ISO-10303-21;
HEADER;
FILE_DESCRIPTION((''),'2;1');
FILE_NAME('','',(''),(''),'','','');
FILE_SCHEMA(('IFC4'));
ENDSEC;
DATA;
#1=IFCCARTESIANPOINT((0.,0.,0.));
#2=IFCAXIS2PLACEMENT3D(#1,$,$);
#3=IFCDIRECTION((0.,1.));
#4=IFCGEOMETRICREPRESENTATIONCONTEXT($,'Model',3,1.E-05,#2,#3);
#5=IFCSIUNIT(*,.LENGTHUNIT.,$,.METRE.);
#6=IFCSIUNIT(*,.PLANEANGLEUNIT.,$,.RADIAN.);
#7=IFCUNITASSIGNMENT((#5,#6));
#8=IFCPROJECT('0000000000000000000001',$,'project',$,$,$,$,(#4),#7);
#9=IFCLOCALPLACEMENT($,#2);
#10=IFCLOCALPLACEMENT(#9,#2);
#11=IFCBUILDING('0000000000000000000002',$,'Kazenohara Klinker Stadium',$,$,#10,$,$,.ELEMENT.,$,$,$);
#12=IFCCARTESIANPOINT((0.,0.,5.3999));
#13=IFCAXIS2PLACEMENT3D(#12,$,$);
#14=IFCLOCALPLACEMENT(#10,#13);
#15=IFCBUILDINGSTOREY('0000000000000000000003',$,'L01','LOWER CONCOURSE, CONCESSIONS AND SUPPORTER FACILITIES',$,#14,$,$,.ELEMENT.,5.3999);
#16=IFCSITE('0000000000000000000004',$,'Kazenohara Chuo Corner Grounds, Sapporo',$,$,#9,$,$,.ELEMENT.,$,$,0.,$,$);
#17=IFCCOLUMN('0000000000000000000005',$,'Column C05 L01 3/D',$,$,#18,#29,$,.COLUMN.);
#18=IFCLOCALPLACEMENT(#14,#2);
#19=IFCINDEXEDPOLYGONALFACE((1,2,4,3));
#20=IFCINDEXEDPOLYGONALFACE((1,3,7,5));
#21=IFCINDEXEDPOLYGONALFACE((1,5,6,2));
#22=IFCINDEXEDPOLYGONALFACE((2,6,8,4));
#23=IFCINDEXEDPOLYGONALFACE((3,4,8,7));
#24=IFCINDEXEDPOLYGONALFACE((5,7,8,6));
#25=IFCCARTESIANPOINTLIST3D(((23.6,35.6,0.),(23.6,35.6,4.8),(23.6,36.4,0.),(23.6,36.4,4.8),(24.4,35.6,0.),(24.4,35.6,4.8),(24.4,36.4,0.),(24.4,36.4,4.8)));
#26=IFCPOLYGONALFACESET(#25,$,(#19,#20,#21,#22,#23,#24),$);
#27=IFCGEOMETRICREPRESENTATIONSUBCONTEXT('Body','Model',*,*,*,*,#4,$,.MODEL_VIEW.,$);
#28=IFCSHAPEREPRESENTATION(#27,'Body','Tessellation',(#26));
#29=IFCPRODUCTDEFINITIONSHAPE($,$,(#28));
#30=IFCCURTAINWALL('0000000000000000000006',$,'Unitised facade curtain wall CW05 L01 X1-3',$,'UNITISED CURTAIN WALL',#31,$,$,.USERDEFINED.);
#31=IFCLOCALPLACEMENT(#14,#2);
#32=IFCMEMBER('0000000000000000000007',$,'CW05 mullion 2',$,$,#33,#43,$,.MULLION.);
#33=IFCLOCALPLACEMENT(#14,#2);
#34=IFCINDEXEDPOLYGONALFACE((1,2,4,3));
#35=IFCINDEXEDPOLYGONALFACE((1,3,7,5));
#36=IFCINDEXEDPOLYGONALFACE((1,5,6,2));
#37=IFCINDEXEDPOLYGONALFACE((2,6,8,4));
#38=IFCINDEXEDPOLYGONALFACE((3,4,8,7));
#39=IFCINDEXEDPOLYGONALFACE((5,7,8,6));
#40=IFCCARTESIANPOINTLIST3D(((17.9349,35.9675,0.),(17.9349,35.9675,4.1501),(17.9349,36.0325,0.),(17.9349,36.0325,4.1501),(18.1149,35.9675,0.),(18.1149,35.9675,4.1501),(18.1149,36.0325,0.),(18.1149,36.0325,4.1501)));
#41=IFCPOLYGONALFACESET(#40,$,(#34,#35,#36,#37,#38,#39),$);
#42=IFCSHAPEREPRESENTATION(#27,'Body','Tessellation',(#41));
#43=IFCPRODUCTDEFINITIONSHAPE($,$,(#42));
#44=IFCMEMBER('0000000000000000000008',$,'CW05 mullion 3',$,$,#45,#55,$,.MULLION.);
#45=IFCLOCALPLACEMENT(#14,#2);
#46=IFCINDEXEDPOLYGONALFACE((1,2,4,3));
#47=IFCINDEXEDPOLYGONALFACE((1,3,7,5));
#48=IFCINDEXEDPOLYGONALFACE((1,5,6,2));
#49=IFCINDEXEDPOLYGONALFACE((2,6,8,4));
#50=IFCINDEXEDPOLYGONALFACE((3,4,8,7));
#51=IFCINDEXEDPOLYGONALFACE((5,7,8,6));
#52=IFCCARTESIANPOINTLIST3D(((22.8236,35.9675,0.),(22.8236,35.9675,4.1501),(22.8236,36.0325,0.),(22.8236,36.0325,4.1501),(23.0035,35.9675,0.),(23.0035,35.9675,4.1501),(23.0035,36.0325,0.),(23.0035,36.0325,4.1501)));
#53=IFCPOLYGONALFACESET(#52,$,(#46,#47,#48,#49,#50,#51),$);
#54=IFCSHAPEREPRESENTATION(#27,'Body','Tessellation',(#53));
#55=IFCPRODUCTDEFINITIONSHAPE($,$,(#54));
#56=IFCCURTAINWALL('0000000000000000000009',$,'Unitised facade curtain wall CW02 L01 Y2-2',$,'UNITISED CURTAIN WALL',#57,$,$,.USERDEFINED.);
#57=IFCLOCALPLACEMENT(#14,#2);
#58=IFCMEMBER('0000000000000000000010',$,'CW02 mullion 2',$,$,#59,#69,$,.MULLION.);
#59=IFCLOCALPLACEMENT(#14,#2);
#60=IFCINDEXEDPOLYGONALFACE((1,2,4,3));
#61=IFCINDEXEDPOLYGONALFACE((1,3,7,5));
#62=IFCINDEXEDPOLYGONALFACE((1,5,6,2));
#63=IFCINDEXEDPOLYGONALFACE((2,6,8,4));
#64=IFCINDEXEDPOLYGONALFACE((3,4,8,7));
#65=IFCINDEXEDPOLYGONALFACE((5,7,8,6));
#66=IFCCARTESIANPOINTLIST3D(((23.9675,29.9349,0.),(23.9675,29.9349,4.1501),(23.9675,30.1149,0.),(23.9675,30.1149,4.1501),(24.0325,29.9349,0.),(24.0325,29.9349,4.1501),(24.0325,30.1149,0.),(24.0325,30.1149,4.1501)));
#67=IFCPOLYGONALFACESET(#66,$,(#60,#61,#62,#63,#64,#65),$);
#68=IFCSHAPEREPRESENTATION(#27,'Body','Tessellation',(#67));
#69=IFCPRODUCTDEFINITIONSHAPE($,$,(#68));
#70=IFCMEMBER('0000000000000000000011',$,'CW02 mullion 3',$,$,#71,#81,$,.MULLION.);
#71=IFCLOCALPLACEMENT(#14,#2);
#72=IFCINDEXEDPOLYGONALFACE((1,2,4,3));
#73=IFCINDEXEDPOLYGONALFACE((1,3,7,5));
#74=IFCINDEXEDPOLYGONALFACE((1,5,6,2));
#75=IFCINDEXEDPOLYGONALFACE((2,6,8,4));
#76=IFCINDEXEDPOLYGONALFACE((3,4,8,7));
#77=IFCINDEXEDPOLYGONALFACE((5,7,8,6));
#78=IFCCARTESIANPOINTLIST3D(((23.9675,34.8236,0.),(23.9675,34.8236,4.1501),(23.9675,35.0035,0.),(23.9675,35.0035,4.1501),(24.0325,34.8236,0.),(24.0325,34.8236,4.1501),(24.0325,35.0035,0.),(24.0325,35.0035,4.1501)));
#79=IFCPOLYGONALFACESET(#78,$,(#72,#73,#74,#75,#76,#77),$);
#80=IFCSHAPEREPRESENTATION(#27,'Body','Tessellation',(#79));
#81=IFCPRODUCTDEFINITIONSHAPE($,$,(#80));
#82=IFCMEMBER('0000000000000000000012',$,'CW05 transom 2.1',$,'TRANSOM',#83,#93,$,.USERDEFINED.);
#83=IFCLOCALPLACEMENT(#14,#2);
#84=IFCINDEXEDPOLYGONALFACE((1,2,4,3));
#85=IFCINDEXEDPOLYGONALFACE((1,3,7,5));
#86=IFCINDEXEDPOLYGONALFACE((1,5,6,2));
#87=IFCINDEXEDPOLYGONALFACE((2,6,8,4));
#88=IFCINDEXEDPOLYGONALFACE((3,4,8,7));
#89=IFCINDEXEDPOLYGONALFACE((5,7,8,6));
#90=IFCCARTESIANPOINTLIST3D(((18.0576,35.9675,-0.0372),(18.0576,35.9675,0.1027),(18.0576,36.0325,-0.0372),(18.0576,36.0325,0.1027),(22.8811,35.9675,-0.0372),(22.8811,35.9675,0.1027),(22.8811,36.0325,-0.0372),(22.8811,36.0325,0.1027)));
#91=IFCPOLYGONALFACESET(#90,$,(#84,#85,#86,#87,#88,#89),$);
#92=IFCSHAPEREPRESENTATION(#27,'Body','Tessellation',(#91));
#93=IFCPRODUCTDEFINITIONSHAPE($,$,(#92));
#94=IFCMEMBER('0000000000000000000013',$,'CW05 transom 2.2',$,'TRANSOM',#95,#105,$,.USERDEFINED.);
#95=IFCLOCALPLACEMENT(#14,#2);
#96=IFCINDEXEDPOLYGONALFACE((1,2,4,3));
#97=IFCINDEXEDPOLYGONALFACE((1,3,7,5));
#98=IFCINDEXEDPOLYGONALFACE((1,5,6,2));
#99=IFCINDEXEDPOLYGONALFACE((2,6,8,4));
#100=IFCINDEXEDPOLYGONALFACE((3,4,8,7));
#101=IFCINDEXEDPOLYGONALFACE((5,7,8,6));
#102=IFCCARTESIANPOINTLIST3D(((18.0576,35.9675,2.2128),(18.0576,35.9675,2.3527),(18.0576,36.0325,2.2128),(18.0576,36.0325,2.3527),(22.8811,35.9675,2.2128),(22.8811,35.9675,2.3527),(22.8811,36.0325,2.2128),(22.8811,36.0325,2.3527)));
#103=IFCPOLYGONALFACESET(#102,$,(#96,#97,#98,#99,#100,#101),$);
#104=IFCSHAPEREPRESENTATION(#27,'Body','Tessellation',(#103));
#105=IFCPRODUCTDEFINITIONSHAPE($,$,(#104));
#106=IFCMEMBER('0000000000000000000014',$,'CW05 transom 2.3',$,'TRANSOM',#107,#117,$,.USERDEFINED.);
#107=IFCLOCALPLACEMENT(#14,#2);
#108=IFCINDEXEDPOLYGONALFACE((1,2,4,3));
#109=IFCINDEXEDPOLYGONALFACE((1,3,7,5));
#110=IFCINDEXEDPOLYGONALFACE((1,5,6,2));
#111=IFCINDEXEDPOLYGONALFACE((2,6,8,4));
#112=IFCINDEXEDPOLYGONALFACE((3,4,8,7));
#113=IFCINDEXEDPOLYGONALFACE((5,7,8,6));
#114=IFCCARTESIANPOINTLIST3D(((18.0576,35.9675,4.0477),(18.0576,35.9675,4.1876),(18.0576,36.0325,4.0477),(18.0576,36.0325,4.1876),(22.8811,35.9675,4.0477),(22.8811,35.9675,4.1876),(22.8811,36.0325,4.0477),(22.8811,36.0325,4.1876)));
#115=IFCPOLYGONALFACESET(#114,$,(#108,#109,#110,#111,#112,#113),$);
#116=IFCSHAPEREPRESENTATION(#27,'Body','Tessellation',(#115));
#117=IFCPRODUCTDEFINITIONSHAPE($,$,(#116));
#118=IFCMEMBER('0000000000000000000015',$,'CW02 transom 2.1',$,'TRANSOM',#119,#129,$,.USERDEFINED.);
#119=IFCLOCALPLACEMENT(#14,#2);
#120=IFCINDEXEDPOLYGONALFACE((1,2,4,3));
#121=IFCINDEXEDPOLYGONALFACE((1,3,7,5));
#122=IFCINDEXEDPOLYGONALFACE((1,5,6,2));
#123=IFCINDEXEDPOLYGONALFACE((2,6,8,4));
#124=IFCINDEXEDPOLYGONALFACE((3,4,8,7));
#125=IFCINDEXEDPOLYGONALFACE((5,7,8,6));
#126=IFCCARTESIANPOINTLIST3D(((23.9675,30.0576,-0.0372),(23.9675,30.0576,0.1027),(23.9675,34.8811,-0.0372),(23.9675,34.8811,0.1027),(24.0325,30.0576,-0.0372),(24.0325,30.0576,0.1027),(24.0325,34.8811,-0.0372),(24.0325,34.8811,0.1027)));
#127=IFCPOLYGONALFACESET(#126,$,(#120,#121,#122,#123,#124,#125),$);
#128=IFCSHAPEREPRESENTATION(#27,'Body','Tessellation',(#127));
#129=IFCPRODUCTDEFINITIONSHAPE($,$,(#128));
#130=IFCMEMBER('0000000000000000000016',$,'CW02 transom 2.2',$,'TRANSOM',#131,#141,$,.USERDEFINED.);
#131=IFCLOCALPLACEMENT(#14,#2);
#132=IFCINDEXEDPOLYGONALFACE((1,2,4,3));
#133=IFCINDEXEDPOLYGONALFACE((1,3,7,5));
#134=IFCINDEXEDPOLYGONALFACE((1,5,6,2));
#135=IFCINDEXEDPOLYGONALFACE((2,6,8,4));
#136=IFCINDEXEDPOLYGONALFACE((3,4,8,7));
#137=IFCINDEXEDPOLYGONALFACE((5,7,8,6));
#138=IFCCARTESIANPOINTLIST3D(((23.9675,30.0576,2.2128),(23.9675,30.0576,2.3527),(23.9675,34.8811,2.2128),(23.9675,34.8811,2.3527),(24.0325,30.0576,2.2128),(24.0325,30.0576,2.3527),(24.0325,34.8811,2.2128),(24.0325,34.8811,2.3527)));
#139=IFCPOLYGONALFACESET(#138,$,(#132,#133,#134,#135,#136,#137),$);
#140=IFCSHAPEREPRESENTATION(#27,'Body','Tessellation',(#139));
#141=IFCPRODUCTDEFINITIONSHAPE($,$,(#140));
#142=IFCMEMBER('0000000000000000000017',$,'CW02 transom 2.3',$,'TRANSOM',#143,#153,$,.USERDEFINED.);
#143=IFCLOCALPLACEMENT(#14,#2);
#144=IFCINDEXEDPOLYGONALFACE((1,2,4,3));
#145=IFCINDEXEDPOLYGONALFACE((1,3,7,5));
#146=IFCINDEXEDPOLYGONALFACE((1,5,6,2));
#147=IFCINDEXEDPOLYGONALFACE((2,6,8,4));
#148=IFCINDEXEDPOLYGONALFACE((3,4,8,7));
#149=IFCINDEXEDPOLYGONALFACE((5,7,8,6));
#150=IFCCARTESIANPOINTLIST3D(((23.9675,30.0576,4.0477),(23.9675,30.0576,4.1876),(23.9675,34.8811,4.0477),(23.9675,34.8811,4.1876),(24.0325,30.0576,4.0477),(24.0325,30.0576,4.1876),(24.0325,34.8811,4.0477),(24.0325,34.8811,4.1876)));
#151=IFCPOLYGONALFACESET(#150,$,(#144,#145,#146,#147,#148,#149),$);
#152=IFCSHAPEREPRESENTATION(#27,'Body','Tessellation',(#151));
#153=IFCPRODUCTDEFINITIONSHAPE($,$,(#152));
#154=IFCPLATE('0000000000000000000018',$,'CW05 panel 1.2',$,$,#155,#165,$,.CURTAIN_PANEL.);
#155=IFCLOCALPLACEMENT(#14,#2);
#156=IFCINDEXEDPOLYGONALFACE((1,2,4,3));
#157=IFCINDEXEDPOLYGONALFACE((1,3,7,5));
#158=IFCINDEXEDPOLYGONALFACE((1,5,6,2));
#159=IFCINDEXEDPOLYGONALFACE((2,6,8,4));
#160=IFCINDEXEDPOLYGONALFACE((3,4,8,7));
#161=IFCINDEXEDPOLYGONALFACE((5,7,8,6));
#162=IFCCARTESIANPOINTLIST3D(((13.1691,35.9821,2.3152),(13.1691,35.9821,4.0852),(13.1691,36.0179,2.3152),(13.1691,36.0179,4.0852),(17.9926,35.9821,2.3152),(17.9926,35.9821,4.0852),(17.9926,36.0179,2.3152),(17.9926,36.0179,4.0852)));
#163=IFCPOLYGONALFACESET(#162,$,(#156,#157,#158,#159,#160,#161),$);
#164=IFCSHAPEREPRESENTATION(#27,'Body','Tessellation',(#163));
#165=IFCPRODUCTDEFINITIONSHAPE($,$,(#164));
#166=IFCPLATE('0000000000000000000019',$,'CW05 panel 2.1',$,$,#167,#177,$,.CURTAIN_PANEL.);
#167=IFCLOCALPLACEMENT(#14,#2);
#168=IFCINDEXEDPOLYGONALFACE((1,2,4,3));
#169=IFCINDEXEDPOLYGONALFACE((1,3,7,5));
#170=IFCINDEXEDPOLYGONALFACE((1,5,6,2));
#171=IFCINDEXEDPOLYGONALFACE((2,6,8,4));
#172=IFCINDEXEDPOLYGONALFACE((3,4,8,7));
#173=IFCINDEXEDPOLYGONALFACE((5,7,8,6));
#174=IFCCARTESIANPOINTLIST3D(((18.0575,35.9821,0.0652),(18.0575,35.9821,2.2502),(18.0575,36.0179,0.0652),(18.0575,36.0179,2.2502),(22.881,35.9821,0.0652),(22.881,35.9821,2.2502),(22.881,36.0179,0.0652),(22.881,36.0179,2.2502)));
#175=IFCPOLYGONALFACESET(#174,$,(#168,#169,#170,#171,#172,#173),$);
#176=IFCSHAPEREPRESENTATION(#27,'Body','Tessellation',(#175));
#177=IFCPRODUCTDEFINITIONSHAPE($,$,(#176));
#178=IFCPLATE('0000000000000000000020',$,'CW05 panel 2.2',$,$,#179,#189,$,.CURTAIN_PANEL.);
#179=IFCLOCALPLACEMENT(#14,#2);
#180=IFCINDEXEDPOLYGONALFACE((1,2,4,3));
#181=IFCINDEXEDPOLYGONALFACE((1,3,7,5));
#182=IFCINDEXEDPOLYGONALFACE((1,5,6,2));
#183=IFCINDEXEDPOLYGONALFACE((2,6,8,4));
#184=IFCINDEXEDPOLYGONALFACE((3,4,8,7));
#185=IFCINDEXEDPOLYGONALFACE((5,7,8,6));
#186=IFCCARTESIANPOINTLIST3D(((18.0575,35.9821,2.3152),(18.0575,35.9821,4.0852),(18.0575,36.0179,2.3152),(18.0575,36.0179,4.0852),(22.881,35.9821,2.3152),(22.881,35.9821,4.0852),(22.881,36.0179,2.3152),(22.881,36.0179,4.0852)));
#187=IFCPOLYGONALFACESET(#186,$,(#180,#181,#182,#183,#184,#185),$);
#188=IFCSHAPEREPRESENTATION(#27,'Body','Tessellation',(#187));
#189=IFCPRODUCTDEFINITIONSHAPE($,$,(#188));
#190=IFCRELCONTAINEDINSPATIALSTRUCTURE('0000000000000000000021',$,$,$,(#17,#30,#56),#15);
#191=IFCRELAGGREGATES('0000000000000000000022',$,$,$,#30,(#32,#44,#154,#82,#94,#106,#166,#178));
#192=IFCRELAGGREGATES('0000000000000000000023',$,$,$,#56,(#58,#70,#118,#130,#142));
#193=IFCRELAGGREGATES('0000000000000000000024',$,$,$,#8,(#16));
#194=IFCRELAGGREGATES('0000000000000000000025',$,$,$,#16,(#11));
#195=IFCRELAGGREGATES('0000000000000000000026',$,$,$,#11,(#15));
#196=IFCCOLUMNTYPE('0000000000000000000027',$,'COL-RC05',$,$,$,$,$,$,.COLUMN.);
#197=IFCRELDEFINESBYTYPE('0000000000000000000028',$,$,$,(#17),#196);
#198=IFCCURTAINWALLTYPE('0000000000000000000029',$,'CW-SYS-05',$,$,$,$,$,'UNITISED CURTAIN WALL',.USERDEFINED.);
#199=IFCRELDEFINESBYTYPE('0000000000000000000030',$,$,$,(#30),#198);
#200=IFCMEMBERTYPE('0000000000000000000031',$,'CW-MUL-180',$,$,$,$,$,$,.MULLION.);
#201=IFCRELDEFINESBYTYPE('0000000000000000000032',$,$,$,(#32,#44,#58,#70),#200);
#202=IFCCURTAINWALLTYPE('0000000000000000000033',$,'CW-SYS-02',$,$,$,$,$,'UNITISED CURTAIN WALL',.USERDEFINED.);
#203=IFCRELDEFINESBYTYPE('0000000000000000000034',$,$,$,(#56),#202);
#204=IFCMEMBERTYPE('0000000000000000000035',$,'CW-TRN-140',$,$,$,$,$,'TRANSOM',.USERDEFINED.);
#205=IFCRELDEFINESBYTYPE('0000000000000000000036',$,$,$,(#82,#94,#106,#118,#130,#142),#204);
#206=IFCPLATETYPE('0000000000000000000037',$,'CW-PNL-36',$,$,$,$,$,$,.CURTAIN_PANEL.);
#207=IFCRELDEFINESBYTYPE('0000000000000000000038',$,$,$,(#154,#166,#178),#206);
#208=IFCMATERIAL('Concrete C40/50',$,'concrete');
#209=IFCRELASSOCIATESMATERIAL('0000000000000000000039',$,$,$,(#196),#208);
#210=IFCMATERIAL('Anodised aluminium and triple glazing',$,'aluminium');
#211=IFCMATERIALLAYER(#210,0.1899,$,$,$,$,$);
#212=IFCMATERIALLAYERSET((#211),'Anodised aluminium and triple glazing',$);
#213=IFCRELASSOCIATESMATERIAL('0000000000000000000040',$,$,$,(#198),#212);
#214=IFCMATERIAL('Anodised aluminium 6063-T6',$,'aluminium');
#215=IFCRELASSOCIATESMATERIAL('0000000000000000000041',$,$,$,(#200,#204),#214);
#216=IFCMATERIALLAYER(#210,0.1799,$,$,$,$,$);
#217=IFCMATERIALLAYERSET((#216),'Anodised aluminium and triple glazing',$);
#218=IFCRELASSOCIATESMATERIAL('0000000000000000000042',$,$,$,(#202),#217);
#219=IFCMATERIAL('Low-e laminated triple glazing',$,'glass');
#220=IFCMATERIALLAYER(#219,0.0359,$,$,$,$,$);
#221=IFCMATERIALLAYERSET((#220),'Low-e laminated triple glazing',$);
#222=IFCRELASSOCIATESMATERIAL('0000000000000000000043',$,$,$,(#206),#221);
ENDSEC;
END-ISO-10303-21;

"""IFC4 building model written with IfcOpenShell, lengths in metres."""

from ifc_helpers import new_model, si_unit, direction, frame, origin, origin_2d, place, context, subcontext, project, spatial, rectangle, extrude, material, layer, layer_set, material_profile, profile_set, type_object, element, aggregate, save


model = new_model("IFC4")

# Units and contexts
model_context = context("Model", 3, precision=1e-05, world=origin(), true_north=direction((0.0, 1.0)))
body_context = subcontext(model_context, "Body", "Model", "MODEL_VIEW")
ifc_project = project(units=[si_unit("LENGTHUNIT", "METRE"), si_unit("PLANEANGLEUNIT", "RADIAN")], contexts=[model_context])

# Site, building, storey
site_placement = place(None, origin())
site = spatial("IfcSite", under=ifc_project, at=site_placement, Name="Kazenohara Chuo Corner Grounds, Sapporo", CompositionType="ELEMENT", RefElevation=0.0)
building_placement = place(site_placement, origin())
building = spatial("IfcBuilding", under=site, at=building_placement, Name="Kazenohara Klinker Stadium", CompositionType="ELEMENT")
storey_placement = place(building_placement, frame((0.0, 0.0, 5.3999)))
storey = spatial("IfcBuildingStorey", under=building, at=storey_placement, Name="L01", Description="LOWER CONCOURSE, CONCESSIONS AND SUPPORTER FACILITIES", CompositionType="ELEMENT", Elevation=5.3999)

# Column
ifc_material_1 = material(Name="Concrete C40/50", Category="concrete")
ifc_material_profile_1 = material_profile(ifc_material_1, rectangle(XDim=0.8, YDim=0.8, at=origin_2d()), Name="RC-COL-800x800")
ifc_profile_set_1 = profile_set([ifc_material_profile_1], Name="Concrete C40/50")
column_type = type_object("IfcColumnType", Name="COL-RC05", PredefinedType="COLUMN", material=ifc_profile_set_1)
column_placement = place(storey_placement, frame((24.0, 36.0, 0.0), z_axis=(0.0, 0.0, 1.0), x_axis=(1.0, 0.0, 0.0)))
element("IfcColumn", 1, at=column_placement, inside=storey, type_object=column_type, Name="Column C05 L01 3/D", PredefinedType="COLUMN", context=body_context, shape_type="SweptSolid", body=[
    extrude(rectangle(XDim=0.8, YDim=0.8, at=origin_2d()), origin(), (0.0, 0.0, 1.0), 4.8),
])

# Curtain walls, members
ifc_material_2 = material(Name="Anodised aluminium and triple glazing", Category="aluminium")
ifc_layer_1 = layer(ifc_material_2, 0.1899)
ifc_layer_set_1 = layer_set([ifc_layer_1], Name="Anodised aluminium and triple glazing")
curtain_wall_type_1 = type_object("IfcCurtainWallType", Name="CW-SYS-05", ElementType="UNITISED CURTAIN WALL", PredefinedType="USERDEFINED", material=ifc_layer_set_1)
curtain_wall_1_placement = place(storey_placement, origin())
curtain_wall_1 = element("IfcCurtainWall", 2, at=curtain_wall_1_placement, inside=storey, type_object=curtain_wall_type_1, Name="Unitised facade curtain wall CW05 L01 X1-3", ObjectType="UNITISED CURTAIN WALL", PredefinedType="USERDEFINED")
ifc_material_3 = material(Name="Anodised aluminium 6063-T6", Category="aluminium")
ifc_material_profile_2 = material_profile(ifc_material_3, rectangle(XDim=0.0649, YDim=0.1799, at=origin_2d()), Name="ALU-MUL-65x180")
ifc_profile_set_2 = profile_set([ifc_material_profile_2], Name="Anodised aluminium 6063-T6")
member_type_1 = type_object("IfcMemberType", Name="CW-MUL-180", PredefinedType="MULLION", material=ifc_profile_set_2)
member_1_placement = place(storey_placement, frame((18.0249, 36.0, 0.0), z_axis=(0.0, 0.0, 1.0), x_axis=(0.0, 1.0, 0.0)))
member_1 = element("IfcMember", 3, at=member_1_placement, type_object=member_type_1, Name="CW05 mullion 2", PredefinedType="MULLION", context=body_context, shape_type="SweptSolid", body=[
    extrude(rectangle(XDim=0.0649, YDim=0.1799, at=origin_2d()), origin(), (0.0, 0.0, 1.0), 4.1501),
])
member_2_placement = place(storey_placement, frame((22.9136, 36.0, 0.0), z_axis=(0.0, 0.0, 1.0), x_axis=(0.0, 1.0, 0.0)))
member_2 = element("IfcMember", 4, at=member_2_placement, type_object=member_type_1, Name="CW05 mullion 3", PredefinedType="MULLION", context=body_context, shape_type="SweptSolid", body=[
    extrude(rectangle(XDim=0.0649, YDim=0.1799, at=origin_2d()), origin(), (0.0, 0.0, 1.0), 4.1501),
])
ifc_layer_2 = layer(ifc_material_2, 0.1799)
ifc_layer_set_2 = layer_set([ifc_layer_2], Name="Anodised aluminium and triple glazing")
curtain_wall_type_2 = type_object("IfcCurtainWallType", Name="CW-SYS-02", ElementType="UNITISED CURTAIN WALL", PredefinedType="USERDEFINED", material=ifc_layer_set_2)
curtain_wall_2_placement = place(storey_placement, origin())
curtain_wall_2 = element("IfcCurtainWall", 5, at=curtain_wall_2_placement, inside=storey, type_object=curtain_wall_type_2, Name="Unitised facade curtain wall CW02 L01 Y2-2", ObjectType="UNITISED CURTAIN WALL", PredefinedType="USERDEFINED")
member_3_placement = place(storey_placement, frame((24.0, 30.0249, 0.0), z_axis=(0.0, 0.0, 1.0), x_axis=(-1.0, 0.0, 0.0)))
member_3 = element("IfcMember", 6, at=member_3_placement, type_object=member_type_1, Name="CW02 mullion 2", PredefinedType="MULLION", context=body_context, shape_type="SweptSolid", body=[
    extrude(rectangle(XDim=0.0649, YDim=0.1799, at=origin_2d()), origin(), (0.0, 0.0, 1.0), 4.1501),
])
member_4_placement = place(storey_placement, frame((24.0, 34.9136, 0.0), z_axis=(0.0, 0.0, 1.0), x_axis=(-1.0, 0.0, 0.0)))
member_4 = element("IfcMember", 7, at=member_4_placement, type_object=member_type_1, Name="CW02 mullion 3", PredefinedType="MULLION", context=body_context, shape_type="SweptSolid", body=[
    extrude(rectangle(XDim=0.0649, YDim=0.1799, at=origin_2d()), origin(), (0.0, 0.0, 1.0), 4.1501),
])

# Members
ifc_material_profile_3 = material_profile(ifc_material_3, rectangle(XDim=0.0649, YDim=0.1399, at=origin_2d()), Name="ALU-TRN-65x140")
ifc_profile_set_3 = profile_set([ifc_material_profile_3], Name="Anodised aluminium 6063-T6")
member_type_2 = type_object("IfcMemberType", Name="CW-TRN-140", ElementType="TRANSOM", PredefinedType="USERDEFINED", material=ifc_profile_set_3)
member_5_placement = place(storey_placement, frame((18.0576, 36.0, 0.0327), z_axis=(1.0, 0.0, 0.0), x_axis=(0.0, 1.0, 0.0)))
member_5 = element("IfcMember", 8, at=member_5_placement, type_object=member_type_2, Name="CW05 transom 2.1", ObjectType="TRANSOM", PredefinedType="USERDEFINED", context=body_context, shape_type="SweptSolid", body=[
    extrude(rectangle(XDim=0.0649, YDim=0.1399, at=origin_2d()), origin(), (0.0, 0.0, 1.0), 4.8235),
])
member_6_placement = place(storey_placement, frame((18.0576, 36.0, 2.2827), z_axis=(1.0, 0.0, 0.0), x_axis=(0.0, 1.0, 0.0)))
member_6 = element("IfcMember", 9, at=member_6_placement, type_object=member_type_2, Name="CW05 transom 2.2", ObjectType="TRANSOM", PredefinedType="USERDEFINED", context=body_context, shape_type="SweptSolid", body=[
    extrude(rectangle(XDim=0.0649, YDim=0.1399, at=origin_2d()), origin(), (0.0, 0.0, 1.0), 4.8235),
])
member_7_placement = place(storey_placement, frame((18.0576, 36.0, 4.1177), z_axis=(1.0, 0.0, 0.0), x_axis=(0.0, 1.0, 0.0)))
member_7 = element("IfcMember", 10, at=member_7_placement, type_object=member_type_2, Name="CW05 transom 2.3", ObjectType="TRANSOM", PredefinedType="USERDEFINED", context=body_context, shape_type="SweptSolid", body=[
    extrude(rectangle(XDim=0.0649, YDim=0.1399, at=origin_2d()), origin(), (0.0, 0.0, 1.0), 4.8235),
])
member_8_placement = place(storey_placement, frame((24.0, 30.0576, 0.0327), z_axis=(0.0, 1.0, 0.0), x_axis=(-1.0, 0.0, 0.0)))
member_8 = element("IfcMember", 11, at=member_8_placement, type_object=member_type_2, Name="CW02 transom 2.1", ObjectType="TRANSOM", PredefinedType="USERDEFINED", context=body_context, shape_type="SweptSolid", body=[
    extrude(rectangle(XDim=0.0649, YDim=0.1399, at=origin_2d()), origin(), (0.0, 0.0, 1.0), 4.8235),
])
member_9_placement = place(storey_placement, frame((24.0, 30.0576, 2.2827), z_axis=(0.0, 1.0, 0.0), x_axis=(-1.0, 0.0, 0.0)))
member_9 = element("IfcMember", 12, at=member_9_placement, type_object=member_type_2, Name="CW02 transom 2.2", ObjectType="TRANSOM", PredefinedType="USERDEFINED", context=body_context, shape_type="SweptSolid", body=[
    extrude(rectangle(XDim=0.0649, YDim=0.1399, at=origin_2d()), origin(), (0.0, 0.0, 1.0), 4.8235),
])
member_10_placement = place(storey_placement, frame((24.0, 30.0576, 4.1177), z_axis=(0.0, 1.0, 0.0), x_axis=(-1.0, 0.0, 0.0)))
member_10 = element("IfcMember", 13, at=member_10_placement, type_object=member_type_2, Name="CW02 transom 2.3", ObjectType="TRANSOM", PredefinedType="USERDEFINED", context=body_context, shape_type="SweptSolid", body=[
    extrude(rectangle(XDim=0.0649, YDim=0.1399, at=origin_2d()), origin(), (0.0, 0.0, 1.0), 4.8235),
])

# Plates
ifc_material_4 = material(Name="Low-e laminated triple glazing", Category="glass")
ifc_layer_3 = layer(ifc_material_4, 0.0359)
ifc_layer_set_3 = layer_set([ifc_layer_3], Name="Low-e laminated triple glazing")
plate_type = type_object("IfcPlateType", Name="CW-PNL-36", PredefinedType="CURTAIN_PANEL", material=ifc_layer_set_3)
plate_1_placement = place(storey_placement, frame((15.5808, 36.0, 2.3152), z_axis=(0.0, 0.0, 1.0), x_axis=(1.0, 0.0, 0.0)))
plate_1 = element("IfcPlate", 14, at=plate_1_placement, type_object=plate_type, Name="CW05 panel 1.2", PredefinedType="CURTAIN_PANEL", context=body_context, shape_type="SweptSolid", body=[
    extrude(rectangle(XDim=4.8235, YDim=0.0359, at=origin_2d()), origin(), (0.0, 0.0, 1.0), 1.77),
])
plate_2_placement = place(storey_placement, frame((20.4692, 36.0, 0.0652), z_axis=(0.0, 0.0, 1.0), x_axis=(1.0, 0.0, 0.0)))
plate_2 = element("IfcPlate", 15, at=plate_2_placement, type_object=plate_type, Name="CW05 panel 2.1", PredefinedType="CURTAIN_PANEL", context=body_context, shape_type="SweptSolid", body=[
    extrude(rectangle(XDim=4.8235, YDim=0.0359, at=origin_2d()), origin(), (0.0, 0.0, 1.0), 2.1851),
])
plate_3_placement = place(storey_placement, frame((20.4692, 36.0, 2.3152), z_axis=(0.0, 0.0, 1.0), x_axis=(1.0, 0.0, 0.0)))
plate_3 = element("IfcPlate", 16, at=plate_3_placement, type_object=plate_type, Name="CW05 panel 2.2", PredefinedType="CURTAIN_PANEL", context=body_context, shape_type="SweptSolid", body=[
    extrude(rectangle(XDim=4.8235, YDim=0.0359, at=origin_2d()), origin(), (0.0, 0.0, 1.0), 1.77),
])
aggregate(curtain_wall_1, [member_1, member_2, plate_1, member_5, member_6, member_7, plate_2, plate_3])
aggregate(curtain_wall_2, [member_3, member_4, member_8, member_9, member_10])

save(model, "model.ifc")
